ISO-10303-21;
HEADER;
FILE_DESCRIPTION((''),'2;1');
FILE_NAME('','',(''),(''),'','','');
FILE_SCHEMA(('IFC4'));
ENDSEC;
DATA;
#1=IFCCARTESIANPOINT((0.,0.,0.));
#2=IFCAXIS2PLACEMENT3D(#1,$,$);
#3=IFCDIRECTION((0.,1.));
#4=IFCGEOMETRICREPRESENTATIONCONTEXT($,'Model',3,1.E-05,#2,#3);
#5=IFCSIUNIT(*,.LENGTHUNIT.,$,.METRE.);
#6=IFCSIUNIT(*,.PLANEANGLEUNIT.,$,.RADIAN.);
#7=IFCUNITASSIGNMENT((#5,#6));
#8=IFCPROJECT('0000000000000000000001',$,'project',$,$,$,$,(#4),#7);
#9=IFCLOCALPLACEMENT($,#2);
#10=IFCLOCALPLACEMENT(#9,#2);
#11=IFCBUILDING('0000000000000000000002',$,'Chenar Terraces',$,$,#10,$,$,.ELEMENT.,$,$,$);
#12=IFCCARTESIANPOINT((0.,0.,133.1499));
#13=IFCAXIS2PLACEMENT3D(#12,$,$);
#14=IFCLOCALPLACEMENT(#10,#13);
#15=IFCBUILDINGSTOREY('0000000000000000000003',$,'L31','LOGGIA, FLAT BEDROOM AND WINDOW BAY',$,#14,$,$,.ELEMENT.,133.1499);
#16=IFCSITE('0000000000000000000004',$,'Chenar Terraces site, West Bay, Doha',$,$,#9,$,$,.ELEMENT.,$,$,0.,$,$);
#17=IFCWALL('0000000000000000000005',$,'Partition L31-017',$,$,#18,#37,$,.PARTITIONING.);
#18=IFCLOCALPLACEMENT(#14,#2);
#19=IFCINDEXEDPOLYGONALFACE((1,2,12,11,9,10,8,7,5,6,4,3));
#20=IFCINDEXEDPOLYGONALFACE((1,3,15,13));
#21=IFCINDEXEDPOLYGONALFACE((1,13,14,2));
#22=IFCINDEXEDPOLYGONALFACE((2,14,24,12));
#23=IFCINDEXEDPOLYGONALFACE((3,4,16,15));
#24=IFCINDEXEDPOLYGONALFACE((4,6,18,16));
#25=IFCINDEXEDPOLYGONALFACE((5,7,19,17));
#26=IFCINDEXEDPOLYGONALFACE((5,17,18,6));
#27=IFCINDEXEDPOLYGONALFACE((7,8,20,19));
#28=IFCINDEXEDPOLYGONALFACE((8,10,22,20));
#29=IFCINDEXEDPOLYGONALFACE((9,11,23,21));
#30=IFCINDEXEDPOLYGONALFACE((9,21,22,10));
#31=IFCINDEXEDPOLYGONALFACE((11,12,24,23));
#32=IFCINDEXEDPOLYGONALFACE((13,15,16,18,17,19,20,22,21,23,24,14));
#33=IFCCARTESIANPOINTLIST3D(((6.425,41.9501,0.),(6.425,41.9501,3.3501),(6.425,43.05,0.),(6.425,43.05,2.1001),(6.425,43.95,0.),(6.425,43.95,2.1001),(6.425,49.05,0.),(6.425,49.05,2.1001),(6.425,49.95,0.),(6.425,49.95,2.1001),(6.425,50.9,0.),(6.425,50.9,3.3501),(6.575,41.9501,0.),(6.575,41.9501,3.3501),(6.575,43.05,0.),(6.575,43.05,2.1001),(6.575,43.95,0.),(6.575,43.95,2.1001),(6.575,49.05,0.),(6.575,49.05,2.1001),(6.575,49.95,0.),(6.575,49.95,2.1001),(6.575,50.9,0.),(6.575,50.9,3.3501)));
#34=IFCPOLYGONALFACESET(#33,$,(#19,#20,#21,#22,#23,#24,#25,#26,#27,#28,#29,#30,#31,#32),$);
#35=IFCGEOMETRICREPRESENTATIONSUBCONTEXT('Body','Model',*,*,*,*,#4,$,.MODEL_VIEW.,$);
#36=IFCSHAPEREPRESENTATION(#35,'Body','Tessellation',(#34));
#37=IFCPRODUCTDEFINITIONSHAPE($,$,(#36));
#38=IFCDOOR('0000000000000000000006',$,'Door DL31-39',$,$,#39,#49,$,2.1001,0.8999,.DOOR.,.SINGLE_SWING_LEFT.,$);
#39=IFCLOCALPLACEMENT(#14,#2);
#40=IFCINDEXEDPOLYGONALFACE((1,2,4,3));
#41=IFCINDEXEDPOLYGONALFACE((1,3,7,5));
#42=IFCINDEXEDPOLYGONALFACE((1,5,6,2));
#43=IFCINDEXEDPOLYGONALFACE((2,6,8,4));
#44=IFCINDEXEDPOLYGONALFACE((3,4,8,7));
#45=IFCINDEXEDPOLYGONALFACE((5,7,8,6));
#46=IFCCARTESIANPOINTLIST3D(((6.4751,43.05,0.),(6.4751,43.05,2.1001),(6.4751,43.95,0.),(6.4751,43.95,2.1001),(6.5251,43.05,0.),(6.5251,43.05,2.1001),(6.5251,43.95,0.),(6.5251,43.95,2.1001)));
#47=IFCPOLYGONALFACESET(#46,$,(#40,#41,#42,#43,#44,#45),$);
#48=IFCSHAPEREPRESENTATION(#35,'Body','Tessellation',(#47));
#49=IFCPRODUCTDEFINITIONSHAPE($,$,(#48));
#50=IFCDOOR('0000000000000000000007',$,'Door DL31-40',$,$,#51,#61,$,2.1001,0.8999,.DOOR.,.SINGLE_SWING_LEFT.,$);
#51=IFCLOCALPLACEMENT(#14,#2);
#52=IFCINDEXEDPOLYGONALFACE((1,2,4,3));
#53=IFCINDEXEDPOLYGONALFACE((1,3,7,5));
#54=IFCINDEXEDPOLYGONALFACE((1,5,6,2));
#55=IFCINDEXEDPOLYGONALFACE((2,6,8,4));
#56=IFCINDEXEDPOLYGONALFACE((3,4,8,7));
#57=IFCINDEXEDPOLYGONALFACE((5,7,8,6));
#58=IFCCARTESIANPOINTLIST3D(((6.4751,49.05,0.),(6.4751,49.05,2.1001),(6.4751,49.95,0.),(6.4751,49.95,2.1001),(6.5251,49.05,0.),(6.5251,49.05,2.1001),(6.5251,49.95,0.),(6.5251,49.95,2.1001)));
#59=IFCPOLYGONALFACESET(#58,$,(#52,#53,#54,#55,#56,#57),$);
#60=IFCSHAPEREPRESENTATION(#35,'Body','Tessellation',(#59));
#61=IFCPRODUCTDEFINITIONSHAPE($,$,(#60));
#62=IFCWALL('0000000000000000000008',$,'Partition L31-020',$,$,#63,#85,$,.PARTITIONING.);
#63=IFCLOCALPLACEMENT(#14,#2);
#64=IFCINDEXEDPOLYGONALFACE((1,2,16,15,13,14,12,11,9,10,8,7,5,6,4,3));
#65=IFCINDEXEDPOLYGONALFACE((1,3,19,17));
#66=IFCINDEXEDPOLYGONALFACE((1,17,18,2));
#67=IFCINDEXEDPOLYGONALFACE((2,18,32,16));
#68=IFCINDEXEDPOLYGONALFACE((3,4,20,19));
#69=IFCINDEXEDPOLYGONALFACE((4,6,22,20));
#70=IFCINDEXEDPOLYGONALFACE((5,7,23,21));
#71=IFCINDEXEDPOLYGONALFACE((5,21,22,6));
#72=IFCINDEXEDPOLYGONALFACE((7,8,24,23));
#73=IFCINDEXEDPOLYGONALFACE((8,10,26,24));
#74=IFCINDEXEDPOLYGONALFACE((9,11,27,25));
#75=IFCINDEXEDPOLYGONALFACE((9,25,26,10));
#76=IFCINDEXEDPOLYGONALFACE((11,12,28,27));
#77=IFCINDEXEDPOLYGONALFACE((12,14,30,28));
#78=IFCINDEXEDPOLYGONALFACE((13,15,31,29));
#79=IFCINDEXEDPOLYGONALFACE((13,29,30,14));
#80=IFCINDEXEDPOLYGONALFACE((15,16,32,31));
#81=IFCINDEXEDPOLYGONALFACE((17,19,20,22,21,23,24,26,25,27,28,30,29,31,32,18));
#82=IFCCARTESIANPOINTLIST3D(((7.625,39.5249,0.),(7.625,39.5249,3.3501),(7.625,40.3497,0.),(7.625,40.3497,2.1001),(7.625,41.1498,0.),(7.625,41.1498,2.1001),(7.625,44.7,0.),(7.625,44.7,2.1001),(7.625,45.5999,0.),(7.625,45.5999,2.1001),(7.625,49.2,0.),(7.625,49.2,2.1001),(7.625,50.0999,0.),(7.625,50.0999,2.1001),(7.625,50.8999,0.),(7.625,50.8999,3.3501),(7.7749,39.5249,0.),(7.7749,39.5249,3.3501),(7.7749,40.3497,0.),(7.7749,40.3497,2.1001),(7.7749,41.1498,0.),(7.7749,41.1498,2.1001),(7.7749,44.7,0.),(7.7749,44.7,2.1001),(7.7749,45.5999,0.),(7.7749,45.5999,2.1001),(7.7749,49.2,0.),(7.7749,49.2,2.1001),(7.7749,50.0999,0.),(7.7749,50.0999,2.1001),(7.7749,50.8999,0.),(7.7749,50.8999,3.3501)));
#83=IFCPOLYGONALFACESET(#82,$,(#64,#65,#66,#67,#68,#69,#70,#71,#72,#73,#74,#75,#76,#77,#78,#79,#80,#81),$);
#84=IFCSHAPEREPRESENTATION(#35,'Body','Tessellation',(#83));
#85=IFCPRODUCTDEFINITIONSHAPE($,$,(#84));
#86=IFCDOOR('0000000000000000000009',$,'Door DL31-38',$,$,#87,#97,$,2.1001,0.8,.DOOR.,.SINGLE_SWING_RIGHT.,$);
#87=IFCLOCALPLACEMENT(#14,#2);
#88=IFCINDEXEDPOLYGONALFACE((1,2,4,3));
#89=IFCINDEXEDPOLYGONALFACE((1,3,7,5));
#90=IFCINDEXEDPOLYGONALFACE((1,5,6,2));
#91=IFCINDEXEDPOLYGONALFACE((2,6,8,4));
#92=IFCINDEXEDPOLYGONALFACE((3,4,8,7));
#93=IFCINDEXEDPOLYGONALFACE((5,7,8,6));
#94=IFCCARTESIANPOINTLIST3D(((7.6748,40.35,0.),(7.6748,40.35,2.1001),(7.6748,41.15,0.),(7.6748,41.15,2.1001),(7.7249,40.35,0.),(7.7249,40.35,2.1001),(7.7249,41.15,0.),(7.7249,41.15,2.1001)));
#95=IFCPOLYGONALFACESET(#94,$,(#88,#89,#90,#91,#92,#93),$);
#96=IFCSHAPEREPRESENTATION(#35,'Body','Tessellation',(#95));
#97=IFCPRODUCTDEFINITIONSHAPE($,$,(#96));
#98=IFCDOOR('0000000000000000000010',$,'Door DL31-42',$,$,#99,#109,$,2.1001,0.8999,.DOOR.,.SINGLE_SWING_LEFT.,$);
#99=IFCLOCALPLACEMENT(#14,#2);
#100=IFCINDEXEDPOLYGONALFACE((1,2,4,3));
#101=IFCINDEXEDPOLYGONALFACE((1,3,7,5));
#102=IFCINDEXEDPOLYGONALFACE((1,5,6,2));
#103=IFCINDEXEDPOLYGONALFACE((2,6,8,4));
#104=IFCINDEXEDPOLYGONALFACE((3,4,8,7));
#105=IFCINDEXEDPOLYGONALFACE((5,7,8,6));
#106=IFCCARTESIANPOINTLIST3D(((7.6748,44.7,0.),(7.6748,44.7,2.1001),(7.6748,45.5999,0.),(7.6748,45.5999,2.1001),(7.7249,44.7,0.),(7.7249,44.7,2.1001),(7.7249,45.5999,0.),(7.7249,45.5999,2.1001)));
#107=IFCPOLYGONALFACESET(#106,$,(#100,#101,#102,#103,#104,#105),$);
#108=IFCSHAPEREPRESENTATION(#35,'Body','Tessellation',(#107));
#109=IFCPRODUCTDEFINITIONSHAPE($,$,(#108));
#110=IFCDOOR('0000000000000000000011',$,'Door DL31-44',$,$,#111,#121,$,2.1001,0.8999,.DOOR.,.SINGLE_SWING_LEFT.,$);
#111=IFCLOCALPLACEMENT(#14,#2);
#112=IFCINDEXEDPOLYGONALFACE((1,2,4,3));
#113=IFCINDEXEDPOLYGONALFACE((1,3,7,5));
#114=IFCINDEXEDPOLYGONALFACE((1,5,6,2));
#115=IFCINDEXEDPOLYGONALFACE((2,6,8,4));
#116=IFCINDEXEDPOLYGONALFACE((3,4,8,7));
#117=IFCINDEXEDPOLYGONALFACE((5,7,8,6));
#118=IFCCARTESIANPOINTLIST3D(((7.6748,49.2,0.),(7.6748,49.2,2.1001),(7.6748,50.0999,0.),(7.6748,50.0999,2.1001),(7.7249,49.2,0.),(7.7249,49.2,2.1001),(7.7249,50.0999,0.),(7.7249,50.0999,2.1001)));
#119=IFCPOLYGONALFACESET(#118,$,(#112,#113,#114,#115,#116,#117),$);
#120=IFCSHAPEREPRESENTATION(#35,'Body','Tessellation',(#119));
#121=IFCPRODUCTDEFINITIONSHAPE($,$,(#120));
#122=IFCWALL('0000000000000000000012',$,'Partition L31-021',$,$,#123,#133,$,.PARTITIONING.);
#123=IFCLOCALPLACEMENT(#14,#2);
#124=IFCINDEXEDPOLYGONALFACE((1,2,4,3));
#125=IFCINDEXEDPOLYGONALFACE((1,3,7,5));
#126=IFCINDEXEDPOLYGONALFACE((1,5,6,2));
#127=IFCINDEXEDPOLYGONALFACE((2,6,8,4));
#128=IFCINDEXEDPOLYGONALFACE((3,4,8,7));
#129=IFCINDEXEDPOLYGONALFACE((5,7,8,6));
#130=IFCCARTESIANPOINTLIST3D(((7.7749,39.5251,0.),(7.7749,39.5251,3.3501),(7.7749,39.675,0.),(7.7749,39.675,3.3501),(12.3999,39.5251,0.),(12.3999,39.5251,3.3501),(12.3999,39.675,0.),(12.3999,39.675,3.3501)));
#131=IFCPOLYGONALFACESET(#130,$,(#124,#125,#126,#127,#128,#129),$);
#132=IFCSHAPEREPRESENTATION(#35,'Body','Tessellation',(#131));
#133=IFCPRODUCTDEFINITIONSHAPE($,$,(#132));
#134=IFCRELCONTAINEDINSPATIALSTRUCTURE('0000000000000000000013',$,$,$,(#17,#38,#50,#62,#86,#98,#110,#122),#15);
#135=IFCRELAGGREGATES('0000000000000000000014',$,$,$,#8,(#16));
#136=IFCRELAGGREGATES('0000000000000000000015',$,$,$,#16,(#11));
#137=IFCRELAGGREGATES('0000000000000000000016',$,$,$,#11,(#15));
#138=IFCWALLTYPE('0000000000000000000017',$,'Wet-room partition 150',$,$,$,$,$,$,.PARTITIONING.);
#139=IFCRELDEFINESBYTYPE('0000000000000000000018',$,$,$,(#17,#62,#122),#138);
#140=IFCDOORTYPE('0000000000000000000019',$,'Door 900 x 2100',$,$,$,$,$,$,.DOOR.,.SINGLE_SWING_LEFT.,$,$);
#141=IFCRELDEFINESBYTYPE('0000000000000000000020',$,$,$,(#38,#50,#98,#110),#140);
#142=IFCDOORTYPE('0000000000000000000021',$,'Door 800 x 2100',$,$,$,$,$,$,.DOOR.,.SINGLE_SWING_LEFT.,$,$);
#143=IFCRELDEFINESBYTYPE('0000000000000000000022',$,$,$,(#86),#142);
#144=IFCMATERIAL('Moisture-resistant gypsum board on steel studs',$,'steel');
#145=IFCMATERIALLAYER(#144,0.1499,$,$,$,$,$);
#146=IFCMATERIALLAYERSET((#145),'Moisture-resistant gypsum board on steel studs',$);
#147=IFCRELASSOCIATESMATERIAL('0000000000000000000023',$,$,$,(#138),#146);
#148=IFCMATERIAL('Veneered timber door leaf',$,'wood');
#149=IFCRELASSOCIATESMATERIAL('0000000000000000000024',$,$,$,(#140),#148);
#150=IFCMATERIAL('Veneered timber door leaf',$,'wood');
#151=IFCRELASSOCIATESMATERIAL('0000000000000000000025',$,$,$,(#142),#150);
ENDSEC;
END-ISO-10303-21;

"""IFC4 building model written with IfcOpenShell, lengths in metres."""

from ifc_helpers import new_model, si_unit, direction, frame, frame_2d, origin, place, context, subcontext, project, spatial, rectangle, extrude, material, layer, layer_set, type_object, element, fill, save


model = new_model("IFC4")

# Units and contexts
model_context = context("Model", 3, precision=1e-05, world=origin(), true_north=direction((0.0, 1.0)))
body_context = subcontext(model_context, "Body", "Model", "MODEL_VIEW")
ifc_project = project(units=[si_unit("LENGTHUNIT", "METRE"), si_unit("PLANEANGLEUNIT", "RADIAN")], contexts=[model_context])

# Site, building, storey
site_placement = place(None, origin())
site = spatial("IfcSite", under=ifc_project, at=site_placement, Name="Chenar Terraces site, West Bay, Doha", CompositionType="ELEMENT", RefElevation=0.0)
building_placement = place(site_placement, origin())
building = spatial("IfcBuilding", under=site, at=building_placement, Name="Chenar Terraces", CompositionType="ELEMENT")
storey_placement = place(building_placement, frame((0.0, 0.0, 133.1499)))
storey = spatial("IfcBuildingStorey", under=building, at=storey_placement, Name="L31", Description="LOGGIA, FLAT BEDROOM AND WINDOW BAY", CompositionType="ELEMENT", Elevation=133.1499)

# Walls, openings, doors
ifc_material_1 = material(Name="Moisture-resistant gypsum board on steel studs", Category="steel")
ifc_layer_1 = layer(ifc_material_1, 0.1499)
ifc_layer_set_1 = layer_set([ifc_layer_1], Name="Moisture-resistant gypsum board on steel studs")
wall_type_1 = type_object("IfcWallType", Name="Wet-room partition 150", PredefinedType="PARTITIONING", material=ifc_layer_set_1)
wall_1_placement = place(storey_placement, frame((6.5, 41.95, 0.0), z_axis=(0.0, 0.0, 1.0), x_axis=(0.0, 1.0, 0.0)))
wall_1 = element("IfcWall", 1, at=wall_1_placement, inside=storey, type_object=wall_type_1, Name="Partition L31-017", PredefinedType="PARTITIONING", context=body_context, shape_type="SweptSolid", body=[
    extrude(rectangle(XDim=8.95, YDim=0.1499, at=frame_2d((4.4751, 0.0))), origin(), (0.0, 0.0, 1.0), 3.3501),
])
opening_1_placement = place(wall_1_placement, frame((1.1001, 0.0, 0.0)))
opening_1 = element("IfcOpeningElement", 2, at=opening_1_placement, cuts=wall_1, PredefinedType="OPENING", context=body_context, shape_type="SweptSolid", body=[
    extrude(rectangle(XDim=0.8999, YDim=2.1001, at=frame_2d((0.45, 1.05))), frame((0.0, 0.085, 0.0), z_axis=(0.0, -1.0, 0.0), x_axis=(1.0, 0.0, 0.0)), (0.0, 0.0, 1.0), 0.1699),
])
opening_2_placement = place(wall_1_placement, frame((7.1001, 0.0, 0.0)))
opening_2 = element("IfcOpeningElement", 3, at=opening_2_placement, cuts=wall_1, PredefinedType="OPENING", context=body_context, shape_type="SweptSolid", body=[
    extrude(rectangle(XDim=0.8999, YDim=2.1001, at=frame_2d((0.45, 1.05))), frame((0.0, 0.085, 0.0), z_axis=(0.0, -1.0, 0.0), x_axis=(1.0, 0.0, 0.0)), (0.0, 0.0, 1.0), 0.1699),
])
ifc_material_2 = material(Name="Veneered timber door leaf", Category="wood")
door_type_1 = type_object("IfcDoorType", Name="Door 900 x 2100", OperationType="SINGLE_SWING_LEFT", PredefinedType="DOOR", material=ifc_material_2)
door_1_placement = place(opening_1_placement, origin())
door_1 = element("IfcDoor", 4, at=door_1_placement, inside=storey, type_object=door_type_1, Name="Door DL31-39", OperationType="SINGLE_SWING_LEFT", OverallHeight=2.1001, OverallWidth=0.8999, PredefinedType="DOOR", context=body_context, shape_type="SweptSolid", body=[
    extrude(rectangle(XDim=0.8999, YDim=2.1001, at=frame_2d((0.45, 1.05))), frame((0.0, 0.0249, 0.0), z_axis=(0.0, -1.0, 0.0), x_axis=(1.0, 0.0, 0.0)), (0.0, 0.0, 1.0), 0.05),
])
fill(opening_1, door_1)
door_2_placement = place(opening_2_placement, origin())
door_2 = element("IfcDoor", 5, at=door_2_placement, inside=storey, type_object=door_type_1, Name="Door DL31-40", OperationType="SINGLE_SWING_LEFT", OverallHeight=2.1001, OverallWidth=0.8999, PredefinedType="DOOR", context=body_context, shape_type="SweptSolid", body=[
    extrude(rectangle(XDim=0.8999, YDim=2.1001, at=frame_2d((0.45, 1.05))), frame((0.0, 0.0249, 0.0), z_axis=(0.0, -1.0, 0.0), x_axis=(1.0, 0.0, 0.0)), (0.0, 0.0, 1.0), 0.05),
])
fill(opening_2, door_2)
wall_2_placement = place(storey_placement, frame((7.7, 39.5249, 0.0), z_axis=(0.0, 0.0, 1.0), x_axis=(0.0, 1.0, 0.0)))
wall_2 = element("IfcWall", 6, at=wall_2_placement, inside=storey, type_object=wall_type_1, Name="Partition L31-020", PredefinedType="PARTITIONING", context=body_context, shape_type="SweptSolid", body=[
    extrude(rectangle(XDim=11.375, YDim=0.1499, at=frame_2d((5.6875, 0.0))), origin(), (0.0, 0.0, 1.0), 3.3501),
])
opening_3_placement = place(wall_2_placement, frame((0.825, 0.0, 0.0)))
opening_3 = element("IfcOpeningElement", 7, at=opening_3_placement, cuts=wall_2, PredefinedType="OPENING", context=body_context, shape_type="SweptSolid", body=[
    extrude(rectangle(XDim=0.8, YDim=2.1001, at=frame_2d((0.3999, 1.05))), frame((0.0, 0.085, 0.0), z_axis=(0.0, -1.0, 0.0), x_axis=(1.0, 0.0, 0.0)), (0.0, 0.0, 1.0), 0.1699),
])
opening_4_placement = place(wall_2_placement, frame((5.175, 0.0, 0.0)))
opening_4 = element("IfcOpeningElement", 8, at=opening_4_placement, cuts=wall_2, PredefinedType="OPENING", context=body_context, shape_type="SweptSolid", body=[
    extrude(rectangle(XDim=0.8999, YDim=2.1001, at=frame_2d((0.45, 1.05))), frame((0.0, 0.085, 0.0), z_axis=(0.0, -1.0, 0.0), x_axis=(1.0, 0.0, 0.0)), (0.0, 0.0, 1.0), 0.1699),
])
opening_5_placement = place(wall_2_placement, frame((9.675, 0.0, 0.0)))
opening_5 = element("IfcOpeningElement", 9, at=opening_5_placement, cuts=wall_2, PredefinedType="OPENING", context=body_context, shape_type="SweptSolid", body=[
    extrude(rectangle(XDim=0.8999, YDim=2.1001, at=frame_2d((0.45, 1.05))), frame((0.0, 0.085, 0.0), z_axis=(0.0, -1.0, 0.0), x_axis=(1.0, 0.0, 0.0)), (0.0, 0.0, 1.0), 0.1699),
])
ifc_material_3 = material(Name="Veneered timber door leaf", Category="wood")
door_type_2 = type_object("IfcDoorType", Name="Door 800 x 2100", OperationType="SINGLE_SWING_LEFT", PredefinedType="DOOR", material=ifc_material_3)
door_3_placement = place(opening_3_placement, frame((0.8, 0.0, 0.0), z_axis=(0.0, 0.0, 1.0), x_axis=(-1.0, 0.0, 0.0)))
door_3 = element("IfcDoor", 10, at=door_3_placement, inside=storey, type_object=door_type_2, Name="Door DL31-38", OperationType="SINGLE_SWING_RIGHT", OverallHeight=2.1001, OverallWidth=0.8, PredefinedType="DOOR", context=body_context, shape_type="SweptSolid", body=[
    extrude(rectangle(XDim=0.8, YDim=2.1001, at=frame_2d((0.3999, 1.05))), frame((0.0, 0.0249, 0.0), z_axis=(0.0, -1.0, 0.0), x_axis=(1.0, 0.0, 0.0)), (0.0, 0.0, 1.0), 0.05),
])
fill(opening_3, door_3)
door_4_placement = place(opening_4_placement, frame((0.8999, 0.0, 0.0), z_axis=(0.0, 0.0, 1.0), x_axis=(-1.0, 0.0, 0.0)))
door_4 = element("IfcDoor", 11, at=door_4_placement, inside=storey, type_object=door_type_1, Name="Door DL31-42", OperationType="SINGLE_SWING_LEFT", OverallHeight=2.1001, OverallWidth=0.8999, PredefinedType="DOOR", context=body_context, shape_type="SweptSolid", body=[
    extrude(rectangle(XDim=0.8999, YDim=2.1001, at=frame_2d((0.45, 1.05))), frame((0.0, 0.0249, 0.0), z_axis=(0.0, -1.0, 0.0), x_axis=(1.0, 0.0, 0.0)), (0.0, 0.0, 1.0), 0.05),
])
fill(opening_4, door_4)
door_5_placement = place(opening_5_placement, frame((0.8999, 0.0, 0.0), z_axis=(0.0, 0.0, 1.0), x_axis=(-1.0, 0.0, 0.0)))
door_5 = element("IfcDoor", 12, at=door_5_placement, inside=storey, type_object=door_type_1, Name="Door DL31-44", OperationType="SINGLE_SWING_LEFT", OverallHeight=2.1001, OverallWidth=0.8999, PredefinedType="DOOR", context=body_context, shape_type="SweptSolid", body=[
    extrude(rectangle(XDim=0.8999, YDim=2.1001, at=frame_2d((0.45, 1.05))), frame((0.0, 0.0249, 0.0), z_axis=(0.0, -1.0, 0.0), x_axis=(1.0, 0.0, 0.0)), (0.0, 0.0, 1.0), 0.05),
])
fill(opening_5, door_5)

# Wall
wall_3_placement = place(storey_placement, frame((7.7749, 39.6001, 0.0), z_axis=(0.0, 0.0, 1.0), x_axis=(1.0, 0.0, 0.0)))
element("IfcWall", 13, at=wall_3_placement, inside=storey, type_object=wall_type_1, Name="Partition L31-021", PredefinedType="PARTITIONING", context=body_context, shape_type="SweptSolid", body=[
    extrude(rectangle(XDim=4.625, YDim=0.1499, at=frame_2d((2.3125, 0.0))), origin(), (0.0, 0.0, 1.0), 3.3501),
])

save(model, "model.ifc")
